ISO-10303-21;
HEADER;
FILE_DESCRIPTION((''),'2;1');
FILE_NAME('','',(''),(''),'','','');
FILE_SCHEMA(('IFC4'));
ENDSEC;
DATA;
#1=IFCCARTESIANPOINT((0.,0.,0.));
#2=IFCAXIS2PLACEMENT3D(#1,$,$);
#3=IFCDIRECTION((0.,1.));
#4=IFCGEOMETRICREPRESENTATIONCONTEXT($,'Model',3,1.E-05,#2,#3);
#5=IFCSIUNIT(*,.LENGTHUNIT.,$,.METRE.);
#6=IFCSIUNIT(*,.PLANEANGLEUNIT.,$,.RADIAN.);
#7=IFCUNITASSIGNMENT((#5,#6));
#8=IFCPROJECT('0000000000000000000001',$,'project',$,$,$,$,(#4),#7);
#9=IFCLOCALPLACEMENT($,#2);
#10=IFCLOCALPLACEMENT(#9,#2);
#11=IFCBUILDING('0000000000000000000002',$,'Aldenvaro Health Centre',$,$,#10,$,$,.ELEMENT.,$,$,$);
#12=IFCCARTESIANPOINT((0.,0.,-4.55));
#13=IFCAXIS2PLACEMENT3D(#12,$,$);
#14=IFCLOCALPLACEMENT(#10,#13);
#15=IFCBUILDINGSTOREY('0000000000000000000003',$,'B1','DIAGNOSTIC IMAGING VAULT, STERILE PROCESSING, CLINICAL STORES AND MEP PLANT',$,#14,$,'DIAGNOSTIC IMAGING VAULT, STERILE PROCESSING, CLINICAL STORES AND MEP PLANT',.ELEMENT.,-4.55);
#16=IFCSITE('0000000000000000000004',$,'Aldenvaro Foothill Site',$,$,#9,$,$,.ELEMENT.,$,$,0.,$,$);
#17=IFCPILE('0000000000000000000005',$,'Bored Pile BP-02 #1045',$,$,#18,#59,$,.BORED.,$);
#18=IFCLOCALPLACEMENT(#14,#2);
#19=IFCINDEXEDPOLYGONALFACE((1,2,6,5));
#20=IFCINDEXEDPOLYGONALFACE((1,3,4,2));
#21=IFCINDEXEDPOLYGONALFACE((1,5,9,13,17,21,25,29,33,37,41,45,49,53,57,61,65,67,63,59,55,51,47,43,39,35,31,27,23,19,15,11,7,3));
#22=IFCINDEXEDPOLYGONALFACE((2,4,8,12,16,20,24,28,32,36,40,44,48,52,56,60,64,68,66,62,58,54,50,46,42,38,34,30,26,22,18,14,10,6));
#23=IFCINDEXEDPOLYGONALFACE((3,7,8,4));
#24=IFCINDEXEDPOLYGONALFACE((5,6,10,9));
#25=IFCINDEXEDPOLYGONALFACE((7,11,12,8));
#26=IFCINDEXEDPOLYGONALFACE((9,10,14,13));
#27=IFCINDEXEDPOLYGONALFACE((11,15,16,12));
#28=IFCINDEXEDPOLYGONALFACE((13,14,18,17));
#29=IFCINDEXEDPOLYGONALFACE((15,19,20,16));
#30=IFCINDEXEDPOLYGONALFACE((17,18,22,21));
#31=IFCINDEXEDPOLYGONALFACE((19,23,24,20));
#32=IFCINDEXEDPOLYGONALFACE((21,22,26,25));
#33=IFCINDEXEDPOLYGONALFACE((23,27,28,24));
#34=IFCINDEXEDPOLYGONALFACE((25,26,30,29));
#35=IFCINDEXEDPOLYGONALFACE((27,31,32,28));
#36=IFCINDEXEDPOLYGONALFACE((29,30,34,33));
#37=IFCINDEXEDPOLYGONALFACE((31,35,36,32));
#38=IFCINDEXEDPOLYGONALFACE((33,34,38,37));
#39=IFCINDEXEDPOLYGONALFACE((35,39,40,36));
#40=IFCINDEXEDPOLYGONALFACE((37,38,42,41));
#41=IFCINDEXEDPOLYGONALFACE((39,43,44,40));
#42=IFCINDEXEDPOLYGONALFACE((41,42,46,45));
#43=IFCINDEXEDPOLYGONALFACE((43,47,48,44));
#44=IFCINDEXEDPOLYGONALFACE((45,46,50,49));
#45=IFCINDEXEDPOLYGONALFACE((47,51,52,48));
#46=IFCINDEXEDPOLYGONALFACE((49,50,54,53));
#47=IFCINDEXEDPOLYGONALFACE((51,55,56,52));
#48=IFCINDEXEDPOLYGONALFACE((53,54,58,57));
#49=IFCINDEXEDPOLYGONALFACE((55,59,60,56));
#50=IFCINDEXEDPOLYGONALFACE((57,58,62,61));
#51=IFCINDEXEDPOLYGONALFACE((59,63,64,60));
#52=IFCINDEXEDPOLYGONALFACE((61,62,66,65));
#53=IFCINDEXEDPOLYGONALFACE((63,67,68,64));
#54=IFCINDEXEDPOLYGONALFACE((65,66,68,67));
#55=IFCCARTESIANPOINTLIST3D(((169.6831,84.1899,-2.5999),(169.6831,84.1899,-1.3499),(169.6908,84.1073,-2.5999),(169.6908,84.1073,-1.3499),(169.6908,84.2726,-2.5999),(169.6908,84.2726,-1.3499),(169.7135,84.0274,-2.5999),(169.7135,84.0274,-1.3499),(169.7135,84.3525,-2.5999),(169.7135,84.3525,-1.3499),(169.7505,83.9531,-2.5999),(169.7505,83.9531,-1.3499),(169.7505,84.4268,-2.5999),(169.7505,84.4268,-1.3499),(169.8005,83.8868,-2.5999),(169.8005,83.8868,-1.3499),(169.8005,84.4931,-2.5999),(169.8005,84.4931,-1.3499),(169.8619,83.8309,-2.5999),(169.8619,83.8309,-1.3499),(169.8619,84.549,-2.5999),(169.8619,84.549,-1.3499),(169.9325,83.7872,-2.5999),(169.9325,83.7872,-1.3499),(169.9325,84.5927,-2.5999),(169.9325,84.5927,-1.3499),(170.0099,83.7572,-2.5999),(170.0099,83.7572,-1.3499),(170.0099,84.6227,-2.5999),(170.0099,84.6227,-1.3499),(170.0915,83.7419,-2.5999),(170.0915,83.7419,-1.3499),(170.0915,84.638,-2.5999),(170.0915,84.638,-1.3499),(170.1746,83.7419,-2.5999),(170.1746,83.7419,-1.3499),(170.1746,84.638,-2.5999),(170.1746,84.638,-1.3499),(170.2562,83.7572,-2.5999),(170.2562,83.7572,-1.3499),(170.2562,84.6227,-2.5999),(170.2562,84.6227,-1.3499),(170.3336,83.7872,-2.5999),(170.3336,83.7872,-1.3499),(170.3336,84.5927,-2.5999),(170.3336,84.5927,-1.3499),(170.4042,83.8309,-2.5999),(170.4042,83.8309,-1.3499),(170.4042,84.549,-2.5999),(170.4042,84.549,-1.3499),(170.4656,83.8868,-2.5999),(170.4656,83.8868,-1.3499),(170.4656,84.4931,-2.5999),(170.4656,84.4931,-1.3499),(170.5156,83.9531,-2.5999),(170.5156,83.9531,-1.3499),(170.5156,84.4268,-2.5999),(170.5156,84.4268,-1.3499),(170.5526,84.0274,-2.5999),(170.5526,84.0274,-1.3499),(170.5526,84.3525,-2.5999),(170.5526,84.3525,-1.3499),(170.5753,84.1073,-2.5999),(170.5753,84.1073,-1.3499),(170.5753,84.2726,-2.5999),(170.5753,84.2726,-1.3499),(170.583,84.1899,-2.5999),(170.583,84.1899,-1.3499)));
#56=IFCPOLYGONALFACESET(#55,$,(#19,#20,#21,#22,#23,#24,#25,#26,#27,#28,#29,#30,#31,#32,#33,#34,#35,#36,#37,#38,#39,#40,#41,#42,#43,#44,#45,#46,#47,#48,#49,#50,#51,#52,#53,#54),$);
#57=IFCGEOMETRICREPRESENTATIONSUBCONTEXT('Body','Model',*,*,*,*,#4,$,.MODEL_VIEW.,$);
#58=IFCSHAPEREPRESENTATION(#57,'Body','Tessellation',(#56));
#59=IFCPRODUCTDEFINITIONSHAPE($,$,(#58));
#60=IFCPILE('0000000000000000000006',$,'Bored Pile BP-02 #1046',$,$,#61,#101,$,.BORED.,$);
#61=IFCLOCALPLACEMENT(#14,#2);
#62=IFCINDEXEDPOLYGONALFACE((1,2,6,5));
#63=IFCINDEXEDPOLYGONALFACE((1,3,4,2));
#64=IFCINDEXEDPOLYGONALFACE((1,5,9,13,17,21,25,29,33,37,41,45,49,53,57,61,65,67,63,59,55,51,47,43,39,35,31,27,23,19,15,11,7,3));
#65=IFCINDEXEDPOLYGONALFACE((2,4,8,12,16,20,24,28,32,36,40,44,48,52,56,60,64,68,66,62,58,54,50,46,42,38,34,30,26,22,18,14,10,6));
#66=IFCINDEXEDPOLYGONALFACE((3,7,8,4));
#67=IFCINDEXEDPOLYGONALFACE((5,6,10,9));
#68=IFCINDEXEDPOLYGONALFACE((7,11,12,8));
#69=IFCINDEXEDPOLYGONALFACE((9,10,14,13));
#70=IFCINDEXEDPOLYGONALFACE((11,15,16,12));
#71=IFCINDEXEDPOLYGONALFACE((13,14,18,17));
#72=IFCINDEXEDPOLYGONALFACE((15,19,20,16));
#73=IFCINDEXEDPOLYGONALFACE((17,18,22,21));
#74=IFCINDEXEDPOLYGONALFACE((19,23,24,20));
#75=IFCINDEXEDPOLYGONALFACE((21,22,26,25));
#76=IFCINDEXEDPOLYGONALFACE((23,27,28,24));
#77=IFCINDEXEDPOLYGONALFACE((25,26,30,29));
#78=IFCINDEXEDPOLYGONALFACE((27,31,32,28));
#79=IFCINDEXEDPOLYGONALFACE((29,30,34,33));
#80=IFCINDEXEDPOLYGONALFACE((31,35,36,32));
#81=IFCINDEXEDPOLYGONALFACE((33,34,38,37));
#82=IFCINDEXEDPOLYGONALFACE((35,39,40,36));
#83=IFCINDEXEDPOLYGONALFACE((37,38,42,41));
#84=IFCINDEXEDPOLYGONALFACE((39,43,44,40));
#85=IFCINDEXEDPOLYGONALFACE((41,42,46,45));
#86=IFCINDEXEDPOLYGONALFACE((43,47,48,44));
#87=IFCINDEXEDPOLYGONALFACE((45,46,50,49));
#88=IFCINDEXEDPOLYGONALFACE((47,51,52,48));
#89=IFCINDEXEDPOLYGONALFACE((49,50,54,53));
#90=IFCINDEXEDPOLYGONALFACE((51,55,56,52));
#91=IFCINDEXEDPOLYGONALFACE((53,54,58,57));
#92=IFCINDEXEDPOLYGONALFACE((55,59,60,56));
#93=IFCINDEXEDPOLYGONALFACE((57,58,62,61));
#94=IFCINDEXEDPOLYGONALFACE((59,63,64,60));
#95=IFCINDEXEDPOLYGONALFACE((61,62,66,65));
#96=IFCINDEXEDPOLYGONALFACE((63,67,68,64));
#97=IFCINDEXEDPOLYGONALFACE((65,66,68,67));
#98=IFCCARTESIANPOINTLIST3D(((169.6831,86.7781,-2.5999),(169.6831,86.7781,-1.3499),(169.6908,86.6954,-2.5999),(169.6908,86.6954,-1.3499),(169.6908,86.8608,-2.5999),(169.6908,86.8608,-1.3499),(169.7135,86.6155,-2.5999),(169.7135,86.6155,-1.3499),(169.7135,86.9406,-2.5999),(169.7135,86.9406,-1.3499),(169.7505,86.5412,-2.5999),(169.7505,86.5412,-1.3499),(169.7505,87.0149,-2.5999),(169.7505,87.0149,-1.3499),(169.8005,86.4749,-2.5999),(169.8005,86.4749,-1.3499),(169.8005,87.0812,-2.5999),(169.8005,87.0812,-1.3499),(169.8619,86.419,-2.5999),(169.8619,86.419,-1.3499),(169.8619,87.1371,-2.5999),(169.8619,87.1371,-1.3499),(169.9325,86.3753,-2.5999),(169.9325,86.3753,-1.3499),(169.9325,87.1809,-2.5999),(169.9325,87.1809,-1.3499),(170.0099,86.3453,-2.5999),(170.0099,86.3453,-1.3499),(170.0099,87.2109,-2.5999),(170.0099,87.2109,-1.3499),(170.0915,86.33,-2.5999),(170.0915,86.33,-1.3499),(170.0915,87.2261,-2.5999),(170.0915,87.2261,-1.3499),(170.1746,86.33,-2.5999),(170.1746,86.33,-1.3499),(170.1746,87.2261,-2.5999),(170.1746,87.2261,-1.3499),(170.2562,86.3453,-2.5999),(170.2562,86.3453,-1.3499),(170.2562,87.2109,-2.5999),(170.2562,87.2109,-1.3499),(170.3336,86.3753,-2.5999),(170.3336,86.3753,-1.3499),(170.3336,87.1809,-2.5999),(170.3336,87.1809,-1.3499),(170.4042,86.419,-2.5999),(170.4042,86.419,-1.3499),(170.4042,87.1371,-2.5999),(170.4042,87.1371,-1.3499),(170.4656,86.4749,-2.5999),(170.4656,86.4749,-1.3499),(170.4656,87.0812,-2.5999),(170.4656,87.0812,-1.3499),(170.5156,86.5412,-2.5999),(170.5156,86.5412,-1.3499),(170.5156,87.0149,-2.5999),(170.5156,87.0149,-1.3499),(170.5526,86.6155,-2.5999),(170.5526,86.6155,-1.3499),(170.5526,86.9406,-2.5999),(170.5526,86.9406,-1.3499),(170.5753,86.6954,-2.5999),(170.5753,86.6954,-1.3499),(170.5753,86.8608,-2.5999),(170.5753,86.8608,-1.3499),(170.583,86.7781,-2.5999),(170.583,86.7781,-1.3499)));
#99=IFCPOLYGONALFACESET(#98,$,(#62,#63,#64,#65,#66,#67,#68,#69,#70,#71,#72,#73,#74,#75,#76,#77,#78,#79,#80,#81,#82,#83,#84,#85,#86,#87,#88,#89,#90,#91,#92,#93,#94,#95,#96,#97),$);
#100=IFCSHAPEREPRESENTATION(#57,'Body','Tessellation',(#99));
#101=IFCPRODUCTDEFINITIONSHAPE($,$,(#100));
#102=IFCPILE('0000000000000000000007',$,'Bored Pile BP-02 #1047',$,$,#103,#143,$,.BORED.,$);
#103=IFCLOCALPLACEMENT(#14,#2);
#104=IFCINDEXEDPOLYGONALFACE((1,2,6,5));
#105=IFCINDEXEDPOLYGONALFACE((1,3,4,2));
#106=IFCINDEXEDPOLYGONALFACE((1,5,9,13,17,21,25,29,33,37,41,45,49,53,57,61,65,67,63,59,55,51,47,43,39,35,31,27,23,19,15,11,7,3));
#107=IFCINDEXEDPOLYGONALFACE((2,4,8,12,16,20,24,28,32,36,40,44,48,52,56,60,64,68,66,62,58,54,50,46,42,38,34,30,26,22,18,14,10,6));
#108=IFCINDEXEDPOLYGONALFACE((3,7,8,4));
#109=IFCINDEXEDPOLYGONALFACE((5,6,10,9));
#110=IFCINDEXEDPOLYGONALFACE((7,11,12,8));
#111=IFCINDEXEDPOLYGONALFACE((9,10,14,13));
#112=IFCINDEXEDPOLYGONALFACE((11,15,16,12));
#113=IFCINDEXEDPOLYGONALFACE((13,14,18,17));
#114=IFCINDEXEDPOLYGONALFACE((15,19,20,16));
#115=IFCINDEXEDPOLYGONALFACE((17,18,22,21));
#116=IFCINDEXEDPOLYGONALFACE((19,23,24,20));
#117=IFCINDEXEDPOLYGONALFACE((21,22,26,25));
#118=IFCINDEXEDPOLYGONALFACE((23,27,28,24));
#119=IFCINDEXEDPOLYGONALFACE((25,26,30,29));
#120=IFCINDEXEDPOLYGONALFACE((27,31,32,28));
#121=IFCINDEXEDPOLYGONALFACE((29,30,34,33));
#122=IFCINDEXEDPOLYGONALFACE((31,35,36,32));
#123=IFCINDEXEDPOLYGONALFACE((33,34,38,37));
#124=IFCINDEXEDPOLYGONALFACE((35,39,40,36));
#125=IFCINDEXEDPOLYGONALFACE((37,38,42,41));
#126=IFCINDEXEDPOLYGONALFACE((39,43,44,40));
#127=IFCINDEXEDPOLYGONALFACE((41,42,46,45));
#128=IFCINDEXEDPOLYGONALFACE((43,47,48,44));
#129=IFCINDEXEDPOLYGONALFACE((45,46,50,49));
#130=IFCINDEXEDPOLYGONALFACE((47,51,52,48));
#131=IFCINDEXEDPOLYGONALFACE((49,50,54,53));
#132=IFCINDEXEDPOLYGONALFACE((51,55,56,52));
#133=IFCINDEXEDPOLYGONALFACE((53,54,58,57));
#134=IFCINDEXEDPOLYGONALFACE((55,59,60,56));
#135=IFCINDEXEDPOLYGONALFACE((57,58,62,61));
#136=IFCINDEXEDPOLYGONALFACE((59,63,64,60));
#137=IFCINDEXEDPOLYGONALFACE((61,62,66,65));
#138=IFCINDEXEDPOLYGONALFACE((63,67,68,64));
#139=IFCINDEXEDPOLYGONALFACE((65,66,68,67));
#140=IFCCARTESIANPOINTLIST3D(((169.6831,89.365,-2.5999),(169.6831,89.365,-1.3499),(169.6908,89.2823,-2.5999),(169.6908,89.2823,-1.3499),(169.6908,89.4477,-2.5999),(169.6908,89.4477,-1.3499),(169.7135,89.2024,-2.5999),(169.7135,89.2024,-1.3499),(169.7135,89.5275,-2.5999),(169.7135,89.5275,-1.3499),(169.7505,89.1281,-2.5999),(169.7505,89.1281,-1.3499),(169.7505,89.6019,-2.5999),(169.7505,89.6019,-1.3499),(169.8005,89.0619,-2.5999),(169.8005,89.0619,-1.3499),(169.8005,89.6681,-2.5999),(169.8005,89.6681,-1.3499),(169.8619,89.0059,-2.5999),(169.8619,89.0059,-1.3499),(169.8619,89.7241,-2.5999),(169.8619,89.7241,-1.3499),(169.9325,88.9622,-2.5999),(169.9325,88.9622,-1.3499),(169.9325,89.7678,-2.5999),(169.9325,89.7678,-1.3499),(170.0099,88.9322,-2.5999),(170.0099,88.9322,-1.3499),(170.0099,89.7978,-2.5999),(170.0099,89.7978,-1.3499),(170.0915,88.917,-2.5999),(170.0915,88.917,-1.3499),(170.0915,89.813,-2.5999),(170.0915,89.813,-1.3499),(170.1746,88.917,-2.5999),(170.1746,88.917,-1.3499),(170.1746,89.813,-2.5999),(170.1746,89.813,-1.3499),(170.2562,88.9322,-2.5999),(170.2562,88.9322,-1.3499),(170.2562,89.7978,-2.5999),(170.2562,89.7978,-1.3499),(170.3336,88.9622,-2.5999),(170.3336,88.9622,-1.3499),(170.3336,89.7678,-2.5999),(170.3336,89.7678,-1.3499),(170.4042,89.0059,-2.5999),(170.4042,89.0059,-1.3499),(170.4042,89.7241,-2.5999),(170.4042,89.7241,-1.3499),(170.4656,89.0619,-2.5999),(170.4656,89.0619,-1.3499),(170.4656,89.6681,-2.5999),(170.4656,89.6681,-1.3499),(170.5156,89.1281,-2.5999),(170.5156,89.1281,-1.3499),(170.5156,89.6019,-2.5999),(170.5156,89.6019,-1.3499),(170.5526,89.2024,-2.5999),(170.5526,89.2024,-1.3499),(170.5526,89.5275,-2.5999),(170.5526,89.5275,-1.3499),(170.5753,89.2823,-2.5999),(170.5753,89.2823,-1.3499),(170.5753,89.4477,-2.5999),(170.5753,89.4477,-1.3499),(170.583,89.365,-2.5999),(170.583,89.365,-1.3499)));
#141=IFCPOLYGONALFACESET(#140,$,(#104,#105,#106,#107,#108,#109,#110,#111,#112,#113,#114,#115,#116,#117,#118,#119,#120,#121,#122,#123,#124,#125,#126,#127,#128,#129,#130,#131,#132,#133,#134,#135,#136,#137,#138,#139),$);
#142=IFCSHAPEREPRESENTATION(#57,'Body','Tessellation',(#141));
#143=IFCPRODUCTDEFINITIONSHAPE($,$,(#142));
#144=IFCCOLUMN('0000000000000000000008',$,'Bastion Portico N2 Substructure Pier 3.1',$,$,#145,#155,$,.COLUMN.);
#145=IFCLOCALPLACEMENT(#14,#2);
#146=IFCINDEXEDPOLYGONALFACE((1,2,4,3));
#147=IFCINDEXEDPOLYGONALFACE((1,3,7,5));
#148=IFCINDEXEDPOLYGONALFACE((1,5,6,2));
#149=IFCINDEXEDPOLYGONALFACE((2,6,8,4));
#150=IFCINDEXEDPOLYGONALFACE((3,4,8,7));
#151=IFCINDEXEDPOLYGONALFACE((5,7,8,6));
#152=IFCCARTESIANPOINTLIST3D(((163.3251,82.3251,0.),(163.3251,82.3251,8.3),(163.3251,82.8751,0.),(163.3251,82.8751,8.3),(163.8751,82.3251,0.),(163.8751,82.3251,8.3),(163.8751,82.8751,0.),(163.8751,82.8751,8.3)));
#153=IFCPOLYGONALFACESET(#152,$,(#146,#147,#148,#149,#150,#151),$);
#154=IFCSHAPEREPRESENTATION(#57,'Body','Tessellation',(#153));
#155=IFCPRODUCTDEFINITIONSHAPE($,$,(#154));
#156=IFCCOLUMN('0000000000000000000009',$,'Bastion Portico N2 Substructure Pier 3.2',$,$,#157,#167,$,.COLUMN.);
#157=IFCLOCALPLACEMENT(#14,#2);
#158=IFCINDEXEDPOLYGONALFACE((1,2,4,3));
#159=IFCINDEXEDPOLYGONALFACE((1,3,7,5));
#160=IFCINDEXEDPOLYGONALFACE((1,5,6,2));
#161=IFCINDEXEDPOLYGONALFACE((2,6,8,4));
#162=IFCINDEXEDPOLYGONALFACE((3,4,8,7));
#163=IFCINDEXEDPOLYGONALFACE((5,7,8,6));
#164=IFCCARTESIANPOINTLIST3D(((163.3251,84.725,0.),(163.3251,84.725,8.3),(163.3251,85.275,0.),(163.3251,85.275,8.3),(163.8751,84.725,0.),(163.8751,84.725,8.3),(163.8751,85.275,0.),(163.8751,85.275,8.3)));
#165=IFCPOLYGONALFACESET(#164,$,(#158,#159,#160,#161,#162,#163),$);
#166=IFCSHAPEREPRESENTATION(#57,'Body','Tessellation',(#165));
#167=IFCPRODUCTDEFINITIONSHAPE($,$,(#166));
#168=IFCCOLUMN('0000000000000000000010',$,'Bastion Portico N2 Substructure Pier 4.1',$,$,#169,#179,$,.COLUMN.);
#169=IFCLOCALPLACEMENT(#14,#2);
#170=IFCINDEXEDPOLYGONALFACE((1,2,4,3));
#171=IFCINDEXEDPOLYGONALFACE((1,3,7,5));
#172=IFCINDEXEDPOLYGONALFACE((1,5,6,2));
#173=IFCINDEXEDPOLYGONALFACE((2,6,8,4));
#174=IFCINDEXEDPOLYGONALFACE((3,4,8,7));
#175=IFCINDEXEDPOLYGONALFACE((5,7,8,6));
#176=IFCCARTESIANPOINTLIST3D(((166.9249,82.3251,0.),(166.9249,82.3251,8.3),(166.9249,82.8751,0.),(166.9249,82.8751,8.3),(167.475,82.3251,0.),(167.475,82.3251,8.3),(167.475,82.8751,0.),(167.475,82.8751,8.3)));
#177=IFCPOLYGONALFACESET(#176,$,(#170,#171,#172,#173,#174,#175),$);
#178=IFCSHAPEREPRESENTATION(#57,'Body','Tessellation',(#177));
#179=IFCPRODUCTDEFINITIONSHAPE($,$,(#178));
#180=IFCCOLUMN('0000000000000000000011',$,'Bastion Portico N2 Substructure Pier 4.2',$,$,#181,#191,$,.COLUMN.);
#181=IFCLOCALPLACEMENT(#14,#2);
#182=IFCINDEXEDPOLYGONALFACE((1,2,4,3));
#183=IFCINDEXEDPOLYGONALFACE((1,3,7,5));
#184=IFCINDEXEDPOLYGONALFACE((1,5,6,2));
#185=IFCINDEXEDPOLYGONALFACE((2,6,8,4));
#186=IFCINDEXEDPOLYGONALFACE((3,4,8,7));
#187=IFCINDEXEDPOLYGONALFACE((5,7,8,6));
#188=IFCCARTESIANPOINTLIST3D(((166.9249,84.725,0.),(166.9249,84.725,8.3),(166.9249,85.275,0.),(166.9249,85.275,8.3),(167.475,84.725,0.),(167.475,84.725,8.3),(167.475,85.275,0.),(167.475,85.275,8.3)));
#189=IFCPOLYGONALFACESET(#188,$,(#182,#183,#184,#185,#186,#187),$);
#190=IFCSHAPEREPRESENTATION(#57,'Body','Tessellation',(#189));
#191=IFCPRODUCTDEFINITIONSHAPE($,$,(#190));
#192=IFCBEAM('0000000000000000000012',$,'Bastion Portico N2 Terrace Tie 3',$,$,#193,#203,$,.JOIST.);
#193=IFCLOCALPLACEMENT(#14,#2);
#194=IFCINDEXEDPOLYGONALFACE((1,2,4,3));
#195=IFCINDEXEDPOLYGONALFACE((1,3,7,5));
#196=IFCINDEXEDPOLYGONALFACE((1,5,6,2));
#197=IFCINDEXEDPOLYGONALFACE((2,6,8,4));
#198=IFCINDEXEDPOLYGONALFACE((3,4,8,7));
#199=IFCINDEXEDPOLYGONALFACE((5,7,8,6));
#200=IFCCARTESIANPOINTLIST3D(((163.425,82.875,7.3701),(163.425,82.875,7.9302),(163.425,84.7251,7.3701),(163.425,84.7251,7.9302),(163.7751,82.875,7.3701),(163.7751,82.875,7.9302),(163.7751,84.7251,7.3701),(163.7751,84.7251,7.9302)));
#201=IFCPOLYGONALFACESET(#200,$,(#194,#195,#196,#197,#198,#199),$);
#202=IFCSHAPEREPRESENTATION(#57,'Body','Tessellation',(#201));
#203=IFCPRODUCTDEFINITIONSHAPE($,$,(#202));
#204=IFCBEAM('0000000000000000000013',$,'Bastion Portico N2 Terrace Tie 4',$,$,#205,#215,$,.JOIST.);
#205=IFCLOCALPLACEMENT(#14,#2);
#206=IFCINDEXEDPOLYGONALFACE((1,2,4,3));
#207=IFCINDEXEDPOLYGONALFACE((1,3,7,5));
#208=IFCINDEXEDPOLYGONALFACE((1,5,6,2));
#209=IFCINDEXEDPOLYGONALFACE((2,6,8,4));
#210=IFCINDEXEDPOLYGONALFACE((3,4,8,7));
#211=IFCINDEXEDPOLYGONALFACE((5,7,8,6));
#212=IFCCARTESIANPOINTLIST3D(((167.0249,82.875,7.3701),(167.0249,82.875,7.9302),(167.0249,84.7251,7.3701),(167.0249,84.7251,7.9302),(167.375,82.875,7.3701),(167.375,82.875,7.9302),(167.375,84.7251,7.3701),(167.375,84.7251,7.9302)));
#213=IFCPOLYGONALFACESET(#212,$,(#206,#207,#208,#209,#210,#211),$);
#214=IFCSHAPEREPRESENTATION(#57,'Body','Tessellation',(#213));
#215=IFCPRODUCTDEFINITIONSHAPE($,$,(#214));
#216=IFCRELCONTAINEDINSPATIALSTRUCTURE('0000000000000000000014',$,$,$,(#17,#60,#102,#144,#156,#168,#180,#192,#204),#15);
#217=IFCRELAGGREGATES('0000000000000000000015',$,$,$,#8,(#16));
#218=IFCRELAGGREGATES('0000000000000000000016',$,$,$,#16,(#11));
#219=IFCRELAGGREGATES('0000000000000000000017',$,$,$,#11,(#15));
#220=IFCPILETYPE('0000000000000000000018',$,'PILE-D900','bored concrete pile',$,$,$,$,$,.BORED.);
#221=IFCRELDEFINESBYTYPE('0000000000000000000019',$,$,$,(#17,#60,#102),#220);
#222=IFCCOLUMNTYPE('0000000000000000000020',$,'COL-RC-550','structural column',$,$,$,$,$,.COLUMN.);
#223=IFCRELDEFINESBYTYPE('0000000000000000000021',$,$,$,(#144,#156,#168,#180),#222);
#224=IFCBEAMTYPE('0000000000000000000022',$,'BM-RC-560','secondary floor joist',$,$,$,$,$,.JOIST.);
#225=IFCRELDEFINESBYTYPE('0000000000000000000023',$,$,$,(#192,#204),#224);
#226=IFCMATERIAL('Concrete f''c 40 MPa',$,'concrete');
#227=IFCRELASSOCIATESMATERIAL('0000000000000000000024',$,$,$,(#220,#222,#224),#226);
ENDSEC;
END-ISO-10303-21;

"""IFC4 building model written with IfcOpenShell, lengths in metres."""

from ifc_helpers import new_model, si_unit, direction, frame, origin, origin_2d, place, context, subcontext, project, spatial, rectangle, circle, extrude, material, material_profile, profile_set, type_object, element, save


model = new_model("IFC4")

# Units and contexts
model_context = context("Model", 3, precision=1e-05, world=origin(), true_north=direction((0.0, 1.0)))
body_context = subcontext(model_context, "Body", "Model", "MODEL_VIEW")
ifc_project = project(units=[si_unit("LENGTHUNIT", "METRE"), si_unit("PLANEANGLEUNIT", "RADIAN")], contexts=[model_context])

# Site, building, storey
site_placement = place(None, origin())
site = spatial("IfcSite", under=ifc_project, at=site_placement, Name="Aldenvaro Foothill Site", CompositionType="ELEMENT", RefElevation=0.0)
building_placement = place(site_placement, origin())
building = spatial("IfcBuilding", under=site, at=building_placement, Name="Aldenvaro Health Centre", CompositionType="ELEMENT")
storey_placement = place(building_placement, frame((0.0, 0.0, -4.55)))
storey = spatial("IfcBuildingStorey", under=building, at=storey_placement, Name="B1", Description="DIAGNOSTIC IMAGING VAULT, STERILE PROCESSING, CLINICAL STORES AND MEP PLANT", LongName="DIAGNOSTIC IMAGING VAULT, STERILE PROCESSING, CLINICAL STORES AND MEP PLANT", CompositionType="ELEMENT", Elevation=-4.55)

# Piles
ifc_material_1 = material(Name="Concrete f'c 40 MPa", Category="concrete")
ifc_material_profile_1 = material_profile(ifc_material_1, circle(Radius=0.45, at=origin_2d()), Name="PILE D900", Category="concrete")
ifc_profile_set_1 = profile_set([ifc_material_profile_1], Name="Concrete f'c 40 MPa")
pile_type = type_object("IfcPileType", Name="PILE-D900", Description="bored concrete pile", PredefinedType="BORED", material=ifc_profile_set_1)
for number, where, z_axis, x_axis, name in (
    (1, (170.1331, 84.1899, -1.3499), (0.0, 0.0, -1.0), (1.0, 0.0, 0.0), "Bored Pile BP-02 #1045"),
    (2, (170.1331, 86.7781, -1.3499), (0.0, 0.0, -1.0), (1.0, 0.0, 0.0), "Bored Pile BP-02 #1046"),
    (3, (170.1331, 89.365, -1.3499), (0.0, 0.0, -1.0), (1.0, 0.0, 0.0), "Bored Pile BP-02 #1047"),
):
    element("IfcPile", number, at=place(storey_placement, frame(where, z_axis=z_axis, x_axis=x_axis)), inside=storey, type_object=pile_type, Name=name, PredefinedType="BORED", context=body_context, shape_type="SweptSolid", body=[
        extrude(circle(Radius=0.45, at=origin_2d()), origin(), (0.0, 0.0, 1.0), 1.25),
    ])

# Columns
ifc_material_profile_2 = material_profile(ifc_material_1, rectangle(XDim=0.55, YDim=0.55, at=origin_2d()), Name="RC 550x550", Category="concrete")
ifc_profile_set_2 = profile_set([ifc_material_profile_2], Name="Concrete f'c 40 MPa")
column_type = type_object("IfcColumnType", Name="COL-RC-550", Description="structural column", PredefinedType="COLUMN", material=ifc_profile_set_2)
for number, where, z_axis, x_axis, name in (
    (4, (163.6001, 82.6001, 0.0), (0.0, 0.0, 1.0), (1.0, 0.0, 0.0), "Bastion Portico N2 Substructure Pier 3.1"),
    (5, (163.6001, 85.0, 0.0), (0.0, 0.0, 1.0), (1.0, 0.0, 0.0), "Bastion Portico N2 Substructure Pier 3.2"),
    (6, (167.2, 82.6001, 0.0), (0.0, 0.0, 1.0), (1.0, 0.0, 0.0), "Bastion Portico N2 Substructure Pier 4.1"),
    (7, (167.2, 85.0, 0.0), (0.0, 0.0, 1.0), (1.0, 0.0, 0.0), "Bastion Portico N2 Substructure Pier 4.2"),
):
    element("IfcColumn", number, at=place(storey_placement, frame(where, z_axis=z_axis, x_axis=x_axis)), inside=storey, type_object=column_type, Name=name, PredefinedType="COLUMN", context=body_context, shape_type="SweptSolid", body=[
        extrude(rectangle(XDim=0.55, YDim=0.55, at=origin_2d()), origin(), (0.0, 0.0, 1.0), 8.3),
    ])

# Beams
ifc_material_profile_3 = material_profile(ifc_material_1, rectangle(XDim=0.3501, YDim=0.5601, at=origin_2d()), Name="RC 350x560", Category="concrete")
ifc_profile_set_3 = profile_set([ifc_material_profile_3], Name="Concrete f'c 40 MPa")
beam_type_1 = type_object("IfcBeamType", Name="BM-RC-560", Description="secondary floor joist", PredefinedType="JOIST", material=ifc_profile_set_3)
for number, where, z_axis, x_axis, name in (
    (8, (163.6001, 82.875, 7.6501), (0.0, 1.0, 0.0), (-1.0, 0.0, 0.0), "Bastion Portico N2 Terrace Tie 3"),
    (9, (167.2, 82.875, 7.6501), (0.0, 1.0, 0.0), (-1.0, 0.0, 0.0), "Bastion Portico N2 Terrace Tie 4"),
):
    element("IfcBeam", number, at=place(storey_placement, frame(where, z_axis=z_axis, x_axis=x_axis)), inside=storey, type_object=beam_type_1, Name=name, PredefinedType="JOIST", context=body_context, shape_type="SweptSolid", body=[
        extrude(rectangle(XDim=0.3501, YDim=0.5601, at=origin_2d()), origin(), (0.0, 0.0, 1.0), 1.8501),
    ])

save(model, "model.ifc")
